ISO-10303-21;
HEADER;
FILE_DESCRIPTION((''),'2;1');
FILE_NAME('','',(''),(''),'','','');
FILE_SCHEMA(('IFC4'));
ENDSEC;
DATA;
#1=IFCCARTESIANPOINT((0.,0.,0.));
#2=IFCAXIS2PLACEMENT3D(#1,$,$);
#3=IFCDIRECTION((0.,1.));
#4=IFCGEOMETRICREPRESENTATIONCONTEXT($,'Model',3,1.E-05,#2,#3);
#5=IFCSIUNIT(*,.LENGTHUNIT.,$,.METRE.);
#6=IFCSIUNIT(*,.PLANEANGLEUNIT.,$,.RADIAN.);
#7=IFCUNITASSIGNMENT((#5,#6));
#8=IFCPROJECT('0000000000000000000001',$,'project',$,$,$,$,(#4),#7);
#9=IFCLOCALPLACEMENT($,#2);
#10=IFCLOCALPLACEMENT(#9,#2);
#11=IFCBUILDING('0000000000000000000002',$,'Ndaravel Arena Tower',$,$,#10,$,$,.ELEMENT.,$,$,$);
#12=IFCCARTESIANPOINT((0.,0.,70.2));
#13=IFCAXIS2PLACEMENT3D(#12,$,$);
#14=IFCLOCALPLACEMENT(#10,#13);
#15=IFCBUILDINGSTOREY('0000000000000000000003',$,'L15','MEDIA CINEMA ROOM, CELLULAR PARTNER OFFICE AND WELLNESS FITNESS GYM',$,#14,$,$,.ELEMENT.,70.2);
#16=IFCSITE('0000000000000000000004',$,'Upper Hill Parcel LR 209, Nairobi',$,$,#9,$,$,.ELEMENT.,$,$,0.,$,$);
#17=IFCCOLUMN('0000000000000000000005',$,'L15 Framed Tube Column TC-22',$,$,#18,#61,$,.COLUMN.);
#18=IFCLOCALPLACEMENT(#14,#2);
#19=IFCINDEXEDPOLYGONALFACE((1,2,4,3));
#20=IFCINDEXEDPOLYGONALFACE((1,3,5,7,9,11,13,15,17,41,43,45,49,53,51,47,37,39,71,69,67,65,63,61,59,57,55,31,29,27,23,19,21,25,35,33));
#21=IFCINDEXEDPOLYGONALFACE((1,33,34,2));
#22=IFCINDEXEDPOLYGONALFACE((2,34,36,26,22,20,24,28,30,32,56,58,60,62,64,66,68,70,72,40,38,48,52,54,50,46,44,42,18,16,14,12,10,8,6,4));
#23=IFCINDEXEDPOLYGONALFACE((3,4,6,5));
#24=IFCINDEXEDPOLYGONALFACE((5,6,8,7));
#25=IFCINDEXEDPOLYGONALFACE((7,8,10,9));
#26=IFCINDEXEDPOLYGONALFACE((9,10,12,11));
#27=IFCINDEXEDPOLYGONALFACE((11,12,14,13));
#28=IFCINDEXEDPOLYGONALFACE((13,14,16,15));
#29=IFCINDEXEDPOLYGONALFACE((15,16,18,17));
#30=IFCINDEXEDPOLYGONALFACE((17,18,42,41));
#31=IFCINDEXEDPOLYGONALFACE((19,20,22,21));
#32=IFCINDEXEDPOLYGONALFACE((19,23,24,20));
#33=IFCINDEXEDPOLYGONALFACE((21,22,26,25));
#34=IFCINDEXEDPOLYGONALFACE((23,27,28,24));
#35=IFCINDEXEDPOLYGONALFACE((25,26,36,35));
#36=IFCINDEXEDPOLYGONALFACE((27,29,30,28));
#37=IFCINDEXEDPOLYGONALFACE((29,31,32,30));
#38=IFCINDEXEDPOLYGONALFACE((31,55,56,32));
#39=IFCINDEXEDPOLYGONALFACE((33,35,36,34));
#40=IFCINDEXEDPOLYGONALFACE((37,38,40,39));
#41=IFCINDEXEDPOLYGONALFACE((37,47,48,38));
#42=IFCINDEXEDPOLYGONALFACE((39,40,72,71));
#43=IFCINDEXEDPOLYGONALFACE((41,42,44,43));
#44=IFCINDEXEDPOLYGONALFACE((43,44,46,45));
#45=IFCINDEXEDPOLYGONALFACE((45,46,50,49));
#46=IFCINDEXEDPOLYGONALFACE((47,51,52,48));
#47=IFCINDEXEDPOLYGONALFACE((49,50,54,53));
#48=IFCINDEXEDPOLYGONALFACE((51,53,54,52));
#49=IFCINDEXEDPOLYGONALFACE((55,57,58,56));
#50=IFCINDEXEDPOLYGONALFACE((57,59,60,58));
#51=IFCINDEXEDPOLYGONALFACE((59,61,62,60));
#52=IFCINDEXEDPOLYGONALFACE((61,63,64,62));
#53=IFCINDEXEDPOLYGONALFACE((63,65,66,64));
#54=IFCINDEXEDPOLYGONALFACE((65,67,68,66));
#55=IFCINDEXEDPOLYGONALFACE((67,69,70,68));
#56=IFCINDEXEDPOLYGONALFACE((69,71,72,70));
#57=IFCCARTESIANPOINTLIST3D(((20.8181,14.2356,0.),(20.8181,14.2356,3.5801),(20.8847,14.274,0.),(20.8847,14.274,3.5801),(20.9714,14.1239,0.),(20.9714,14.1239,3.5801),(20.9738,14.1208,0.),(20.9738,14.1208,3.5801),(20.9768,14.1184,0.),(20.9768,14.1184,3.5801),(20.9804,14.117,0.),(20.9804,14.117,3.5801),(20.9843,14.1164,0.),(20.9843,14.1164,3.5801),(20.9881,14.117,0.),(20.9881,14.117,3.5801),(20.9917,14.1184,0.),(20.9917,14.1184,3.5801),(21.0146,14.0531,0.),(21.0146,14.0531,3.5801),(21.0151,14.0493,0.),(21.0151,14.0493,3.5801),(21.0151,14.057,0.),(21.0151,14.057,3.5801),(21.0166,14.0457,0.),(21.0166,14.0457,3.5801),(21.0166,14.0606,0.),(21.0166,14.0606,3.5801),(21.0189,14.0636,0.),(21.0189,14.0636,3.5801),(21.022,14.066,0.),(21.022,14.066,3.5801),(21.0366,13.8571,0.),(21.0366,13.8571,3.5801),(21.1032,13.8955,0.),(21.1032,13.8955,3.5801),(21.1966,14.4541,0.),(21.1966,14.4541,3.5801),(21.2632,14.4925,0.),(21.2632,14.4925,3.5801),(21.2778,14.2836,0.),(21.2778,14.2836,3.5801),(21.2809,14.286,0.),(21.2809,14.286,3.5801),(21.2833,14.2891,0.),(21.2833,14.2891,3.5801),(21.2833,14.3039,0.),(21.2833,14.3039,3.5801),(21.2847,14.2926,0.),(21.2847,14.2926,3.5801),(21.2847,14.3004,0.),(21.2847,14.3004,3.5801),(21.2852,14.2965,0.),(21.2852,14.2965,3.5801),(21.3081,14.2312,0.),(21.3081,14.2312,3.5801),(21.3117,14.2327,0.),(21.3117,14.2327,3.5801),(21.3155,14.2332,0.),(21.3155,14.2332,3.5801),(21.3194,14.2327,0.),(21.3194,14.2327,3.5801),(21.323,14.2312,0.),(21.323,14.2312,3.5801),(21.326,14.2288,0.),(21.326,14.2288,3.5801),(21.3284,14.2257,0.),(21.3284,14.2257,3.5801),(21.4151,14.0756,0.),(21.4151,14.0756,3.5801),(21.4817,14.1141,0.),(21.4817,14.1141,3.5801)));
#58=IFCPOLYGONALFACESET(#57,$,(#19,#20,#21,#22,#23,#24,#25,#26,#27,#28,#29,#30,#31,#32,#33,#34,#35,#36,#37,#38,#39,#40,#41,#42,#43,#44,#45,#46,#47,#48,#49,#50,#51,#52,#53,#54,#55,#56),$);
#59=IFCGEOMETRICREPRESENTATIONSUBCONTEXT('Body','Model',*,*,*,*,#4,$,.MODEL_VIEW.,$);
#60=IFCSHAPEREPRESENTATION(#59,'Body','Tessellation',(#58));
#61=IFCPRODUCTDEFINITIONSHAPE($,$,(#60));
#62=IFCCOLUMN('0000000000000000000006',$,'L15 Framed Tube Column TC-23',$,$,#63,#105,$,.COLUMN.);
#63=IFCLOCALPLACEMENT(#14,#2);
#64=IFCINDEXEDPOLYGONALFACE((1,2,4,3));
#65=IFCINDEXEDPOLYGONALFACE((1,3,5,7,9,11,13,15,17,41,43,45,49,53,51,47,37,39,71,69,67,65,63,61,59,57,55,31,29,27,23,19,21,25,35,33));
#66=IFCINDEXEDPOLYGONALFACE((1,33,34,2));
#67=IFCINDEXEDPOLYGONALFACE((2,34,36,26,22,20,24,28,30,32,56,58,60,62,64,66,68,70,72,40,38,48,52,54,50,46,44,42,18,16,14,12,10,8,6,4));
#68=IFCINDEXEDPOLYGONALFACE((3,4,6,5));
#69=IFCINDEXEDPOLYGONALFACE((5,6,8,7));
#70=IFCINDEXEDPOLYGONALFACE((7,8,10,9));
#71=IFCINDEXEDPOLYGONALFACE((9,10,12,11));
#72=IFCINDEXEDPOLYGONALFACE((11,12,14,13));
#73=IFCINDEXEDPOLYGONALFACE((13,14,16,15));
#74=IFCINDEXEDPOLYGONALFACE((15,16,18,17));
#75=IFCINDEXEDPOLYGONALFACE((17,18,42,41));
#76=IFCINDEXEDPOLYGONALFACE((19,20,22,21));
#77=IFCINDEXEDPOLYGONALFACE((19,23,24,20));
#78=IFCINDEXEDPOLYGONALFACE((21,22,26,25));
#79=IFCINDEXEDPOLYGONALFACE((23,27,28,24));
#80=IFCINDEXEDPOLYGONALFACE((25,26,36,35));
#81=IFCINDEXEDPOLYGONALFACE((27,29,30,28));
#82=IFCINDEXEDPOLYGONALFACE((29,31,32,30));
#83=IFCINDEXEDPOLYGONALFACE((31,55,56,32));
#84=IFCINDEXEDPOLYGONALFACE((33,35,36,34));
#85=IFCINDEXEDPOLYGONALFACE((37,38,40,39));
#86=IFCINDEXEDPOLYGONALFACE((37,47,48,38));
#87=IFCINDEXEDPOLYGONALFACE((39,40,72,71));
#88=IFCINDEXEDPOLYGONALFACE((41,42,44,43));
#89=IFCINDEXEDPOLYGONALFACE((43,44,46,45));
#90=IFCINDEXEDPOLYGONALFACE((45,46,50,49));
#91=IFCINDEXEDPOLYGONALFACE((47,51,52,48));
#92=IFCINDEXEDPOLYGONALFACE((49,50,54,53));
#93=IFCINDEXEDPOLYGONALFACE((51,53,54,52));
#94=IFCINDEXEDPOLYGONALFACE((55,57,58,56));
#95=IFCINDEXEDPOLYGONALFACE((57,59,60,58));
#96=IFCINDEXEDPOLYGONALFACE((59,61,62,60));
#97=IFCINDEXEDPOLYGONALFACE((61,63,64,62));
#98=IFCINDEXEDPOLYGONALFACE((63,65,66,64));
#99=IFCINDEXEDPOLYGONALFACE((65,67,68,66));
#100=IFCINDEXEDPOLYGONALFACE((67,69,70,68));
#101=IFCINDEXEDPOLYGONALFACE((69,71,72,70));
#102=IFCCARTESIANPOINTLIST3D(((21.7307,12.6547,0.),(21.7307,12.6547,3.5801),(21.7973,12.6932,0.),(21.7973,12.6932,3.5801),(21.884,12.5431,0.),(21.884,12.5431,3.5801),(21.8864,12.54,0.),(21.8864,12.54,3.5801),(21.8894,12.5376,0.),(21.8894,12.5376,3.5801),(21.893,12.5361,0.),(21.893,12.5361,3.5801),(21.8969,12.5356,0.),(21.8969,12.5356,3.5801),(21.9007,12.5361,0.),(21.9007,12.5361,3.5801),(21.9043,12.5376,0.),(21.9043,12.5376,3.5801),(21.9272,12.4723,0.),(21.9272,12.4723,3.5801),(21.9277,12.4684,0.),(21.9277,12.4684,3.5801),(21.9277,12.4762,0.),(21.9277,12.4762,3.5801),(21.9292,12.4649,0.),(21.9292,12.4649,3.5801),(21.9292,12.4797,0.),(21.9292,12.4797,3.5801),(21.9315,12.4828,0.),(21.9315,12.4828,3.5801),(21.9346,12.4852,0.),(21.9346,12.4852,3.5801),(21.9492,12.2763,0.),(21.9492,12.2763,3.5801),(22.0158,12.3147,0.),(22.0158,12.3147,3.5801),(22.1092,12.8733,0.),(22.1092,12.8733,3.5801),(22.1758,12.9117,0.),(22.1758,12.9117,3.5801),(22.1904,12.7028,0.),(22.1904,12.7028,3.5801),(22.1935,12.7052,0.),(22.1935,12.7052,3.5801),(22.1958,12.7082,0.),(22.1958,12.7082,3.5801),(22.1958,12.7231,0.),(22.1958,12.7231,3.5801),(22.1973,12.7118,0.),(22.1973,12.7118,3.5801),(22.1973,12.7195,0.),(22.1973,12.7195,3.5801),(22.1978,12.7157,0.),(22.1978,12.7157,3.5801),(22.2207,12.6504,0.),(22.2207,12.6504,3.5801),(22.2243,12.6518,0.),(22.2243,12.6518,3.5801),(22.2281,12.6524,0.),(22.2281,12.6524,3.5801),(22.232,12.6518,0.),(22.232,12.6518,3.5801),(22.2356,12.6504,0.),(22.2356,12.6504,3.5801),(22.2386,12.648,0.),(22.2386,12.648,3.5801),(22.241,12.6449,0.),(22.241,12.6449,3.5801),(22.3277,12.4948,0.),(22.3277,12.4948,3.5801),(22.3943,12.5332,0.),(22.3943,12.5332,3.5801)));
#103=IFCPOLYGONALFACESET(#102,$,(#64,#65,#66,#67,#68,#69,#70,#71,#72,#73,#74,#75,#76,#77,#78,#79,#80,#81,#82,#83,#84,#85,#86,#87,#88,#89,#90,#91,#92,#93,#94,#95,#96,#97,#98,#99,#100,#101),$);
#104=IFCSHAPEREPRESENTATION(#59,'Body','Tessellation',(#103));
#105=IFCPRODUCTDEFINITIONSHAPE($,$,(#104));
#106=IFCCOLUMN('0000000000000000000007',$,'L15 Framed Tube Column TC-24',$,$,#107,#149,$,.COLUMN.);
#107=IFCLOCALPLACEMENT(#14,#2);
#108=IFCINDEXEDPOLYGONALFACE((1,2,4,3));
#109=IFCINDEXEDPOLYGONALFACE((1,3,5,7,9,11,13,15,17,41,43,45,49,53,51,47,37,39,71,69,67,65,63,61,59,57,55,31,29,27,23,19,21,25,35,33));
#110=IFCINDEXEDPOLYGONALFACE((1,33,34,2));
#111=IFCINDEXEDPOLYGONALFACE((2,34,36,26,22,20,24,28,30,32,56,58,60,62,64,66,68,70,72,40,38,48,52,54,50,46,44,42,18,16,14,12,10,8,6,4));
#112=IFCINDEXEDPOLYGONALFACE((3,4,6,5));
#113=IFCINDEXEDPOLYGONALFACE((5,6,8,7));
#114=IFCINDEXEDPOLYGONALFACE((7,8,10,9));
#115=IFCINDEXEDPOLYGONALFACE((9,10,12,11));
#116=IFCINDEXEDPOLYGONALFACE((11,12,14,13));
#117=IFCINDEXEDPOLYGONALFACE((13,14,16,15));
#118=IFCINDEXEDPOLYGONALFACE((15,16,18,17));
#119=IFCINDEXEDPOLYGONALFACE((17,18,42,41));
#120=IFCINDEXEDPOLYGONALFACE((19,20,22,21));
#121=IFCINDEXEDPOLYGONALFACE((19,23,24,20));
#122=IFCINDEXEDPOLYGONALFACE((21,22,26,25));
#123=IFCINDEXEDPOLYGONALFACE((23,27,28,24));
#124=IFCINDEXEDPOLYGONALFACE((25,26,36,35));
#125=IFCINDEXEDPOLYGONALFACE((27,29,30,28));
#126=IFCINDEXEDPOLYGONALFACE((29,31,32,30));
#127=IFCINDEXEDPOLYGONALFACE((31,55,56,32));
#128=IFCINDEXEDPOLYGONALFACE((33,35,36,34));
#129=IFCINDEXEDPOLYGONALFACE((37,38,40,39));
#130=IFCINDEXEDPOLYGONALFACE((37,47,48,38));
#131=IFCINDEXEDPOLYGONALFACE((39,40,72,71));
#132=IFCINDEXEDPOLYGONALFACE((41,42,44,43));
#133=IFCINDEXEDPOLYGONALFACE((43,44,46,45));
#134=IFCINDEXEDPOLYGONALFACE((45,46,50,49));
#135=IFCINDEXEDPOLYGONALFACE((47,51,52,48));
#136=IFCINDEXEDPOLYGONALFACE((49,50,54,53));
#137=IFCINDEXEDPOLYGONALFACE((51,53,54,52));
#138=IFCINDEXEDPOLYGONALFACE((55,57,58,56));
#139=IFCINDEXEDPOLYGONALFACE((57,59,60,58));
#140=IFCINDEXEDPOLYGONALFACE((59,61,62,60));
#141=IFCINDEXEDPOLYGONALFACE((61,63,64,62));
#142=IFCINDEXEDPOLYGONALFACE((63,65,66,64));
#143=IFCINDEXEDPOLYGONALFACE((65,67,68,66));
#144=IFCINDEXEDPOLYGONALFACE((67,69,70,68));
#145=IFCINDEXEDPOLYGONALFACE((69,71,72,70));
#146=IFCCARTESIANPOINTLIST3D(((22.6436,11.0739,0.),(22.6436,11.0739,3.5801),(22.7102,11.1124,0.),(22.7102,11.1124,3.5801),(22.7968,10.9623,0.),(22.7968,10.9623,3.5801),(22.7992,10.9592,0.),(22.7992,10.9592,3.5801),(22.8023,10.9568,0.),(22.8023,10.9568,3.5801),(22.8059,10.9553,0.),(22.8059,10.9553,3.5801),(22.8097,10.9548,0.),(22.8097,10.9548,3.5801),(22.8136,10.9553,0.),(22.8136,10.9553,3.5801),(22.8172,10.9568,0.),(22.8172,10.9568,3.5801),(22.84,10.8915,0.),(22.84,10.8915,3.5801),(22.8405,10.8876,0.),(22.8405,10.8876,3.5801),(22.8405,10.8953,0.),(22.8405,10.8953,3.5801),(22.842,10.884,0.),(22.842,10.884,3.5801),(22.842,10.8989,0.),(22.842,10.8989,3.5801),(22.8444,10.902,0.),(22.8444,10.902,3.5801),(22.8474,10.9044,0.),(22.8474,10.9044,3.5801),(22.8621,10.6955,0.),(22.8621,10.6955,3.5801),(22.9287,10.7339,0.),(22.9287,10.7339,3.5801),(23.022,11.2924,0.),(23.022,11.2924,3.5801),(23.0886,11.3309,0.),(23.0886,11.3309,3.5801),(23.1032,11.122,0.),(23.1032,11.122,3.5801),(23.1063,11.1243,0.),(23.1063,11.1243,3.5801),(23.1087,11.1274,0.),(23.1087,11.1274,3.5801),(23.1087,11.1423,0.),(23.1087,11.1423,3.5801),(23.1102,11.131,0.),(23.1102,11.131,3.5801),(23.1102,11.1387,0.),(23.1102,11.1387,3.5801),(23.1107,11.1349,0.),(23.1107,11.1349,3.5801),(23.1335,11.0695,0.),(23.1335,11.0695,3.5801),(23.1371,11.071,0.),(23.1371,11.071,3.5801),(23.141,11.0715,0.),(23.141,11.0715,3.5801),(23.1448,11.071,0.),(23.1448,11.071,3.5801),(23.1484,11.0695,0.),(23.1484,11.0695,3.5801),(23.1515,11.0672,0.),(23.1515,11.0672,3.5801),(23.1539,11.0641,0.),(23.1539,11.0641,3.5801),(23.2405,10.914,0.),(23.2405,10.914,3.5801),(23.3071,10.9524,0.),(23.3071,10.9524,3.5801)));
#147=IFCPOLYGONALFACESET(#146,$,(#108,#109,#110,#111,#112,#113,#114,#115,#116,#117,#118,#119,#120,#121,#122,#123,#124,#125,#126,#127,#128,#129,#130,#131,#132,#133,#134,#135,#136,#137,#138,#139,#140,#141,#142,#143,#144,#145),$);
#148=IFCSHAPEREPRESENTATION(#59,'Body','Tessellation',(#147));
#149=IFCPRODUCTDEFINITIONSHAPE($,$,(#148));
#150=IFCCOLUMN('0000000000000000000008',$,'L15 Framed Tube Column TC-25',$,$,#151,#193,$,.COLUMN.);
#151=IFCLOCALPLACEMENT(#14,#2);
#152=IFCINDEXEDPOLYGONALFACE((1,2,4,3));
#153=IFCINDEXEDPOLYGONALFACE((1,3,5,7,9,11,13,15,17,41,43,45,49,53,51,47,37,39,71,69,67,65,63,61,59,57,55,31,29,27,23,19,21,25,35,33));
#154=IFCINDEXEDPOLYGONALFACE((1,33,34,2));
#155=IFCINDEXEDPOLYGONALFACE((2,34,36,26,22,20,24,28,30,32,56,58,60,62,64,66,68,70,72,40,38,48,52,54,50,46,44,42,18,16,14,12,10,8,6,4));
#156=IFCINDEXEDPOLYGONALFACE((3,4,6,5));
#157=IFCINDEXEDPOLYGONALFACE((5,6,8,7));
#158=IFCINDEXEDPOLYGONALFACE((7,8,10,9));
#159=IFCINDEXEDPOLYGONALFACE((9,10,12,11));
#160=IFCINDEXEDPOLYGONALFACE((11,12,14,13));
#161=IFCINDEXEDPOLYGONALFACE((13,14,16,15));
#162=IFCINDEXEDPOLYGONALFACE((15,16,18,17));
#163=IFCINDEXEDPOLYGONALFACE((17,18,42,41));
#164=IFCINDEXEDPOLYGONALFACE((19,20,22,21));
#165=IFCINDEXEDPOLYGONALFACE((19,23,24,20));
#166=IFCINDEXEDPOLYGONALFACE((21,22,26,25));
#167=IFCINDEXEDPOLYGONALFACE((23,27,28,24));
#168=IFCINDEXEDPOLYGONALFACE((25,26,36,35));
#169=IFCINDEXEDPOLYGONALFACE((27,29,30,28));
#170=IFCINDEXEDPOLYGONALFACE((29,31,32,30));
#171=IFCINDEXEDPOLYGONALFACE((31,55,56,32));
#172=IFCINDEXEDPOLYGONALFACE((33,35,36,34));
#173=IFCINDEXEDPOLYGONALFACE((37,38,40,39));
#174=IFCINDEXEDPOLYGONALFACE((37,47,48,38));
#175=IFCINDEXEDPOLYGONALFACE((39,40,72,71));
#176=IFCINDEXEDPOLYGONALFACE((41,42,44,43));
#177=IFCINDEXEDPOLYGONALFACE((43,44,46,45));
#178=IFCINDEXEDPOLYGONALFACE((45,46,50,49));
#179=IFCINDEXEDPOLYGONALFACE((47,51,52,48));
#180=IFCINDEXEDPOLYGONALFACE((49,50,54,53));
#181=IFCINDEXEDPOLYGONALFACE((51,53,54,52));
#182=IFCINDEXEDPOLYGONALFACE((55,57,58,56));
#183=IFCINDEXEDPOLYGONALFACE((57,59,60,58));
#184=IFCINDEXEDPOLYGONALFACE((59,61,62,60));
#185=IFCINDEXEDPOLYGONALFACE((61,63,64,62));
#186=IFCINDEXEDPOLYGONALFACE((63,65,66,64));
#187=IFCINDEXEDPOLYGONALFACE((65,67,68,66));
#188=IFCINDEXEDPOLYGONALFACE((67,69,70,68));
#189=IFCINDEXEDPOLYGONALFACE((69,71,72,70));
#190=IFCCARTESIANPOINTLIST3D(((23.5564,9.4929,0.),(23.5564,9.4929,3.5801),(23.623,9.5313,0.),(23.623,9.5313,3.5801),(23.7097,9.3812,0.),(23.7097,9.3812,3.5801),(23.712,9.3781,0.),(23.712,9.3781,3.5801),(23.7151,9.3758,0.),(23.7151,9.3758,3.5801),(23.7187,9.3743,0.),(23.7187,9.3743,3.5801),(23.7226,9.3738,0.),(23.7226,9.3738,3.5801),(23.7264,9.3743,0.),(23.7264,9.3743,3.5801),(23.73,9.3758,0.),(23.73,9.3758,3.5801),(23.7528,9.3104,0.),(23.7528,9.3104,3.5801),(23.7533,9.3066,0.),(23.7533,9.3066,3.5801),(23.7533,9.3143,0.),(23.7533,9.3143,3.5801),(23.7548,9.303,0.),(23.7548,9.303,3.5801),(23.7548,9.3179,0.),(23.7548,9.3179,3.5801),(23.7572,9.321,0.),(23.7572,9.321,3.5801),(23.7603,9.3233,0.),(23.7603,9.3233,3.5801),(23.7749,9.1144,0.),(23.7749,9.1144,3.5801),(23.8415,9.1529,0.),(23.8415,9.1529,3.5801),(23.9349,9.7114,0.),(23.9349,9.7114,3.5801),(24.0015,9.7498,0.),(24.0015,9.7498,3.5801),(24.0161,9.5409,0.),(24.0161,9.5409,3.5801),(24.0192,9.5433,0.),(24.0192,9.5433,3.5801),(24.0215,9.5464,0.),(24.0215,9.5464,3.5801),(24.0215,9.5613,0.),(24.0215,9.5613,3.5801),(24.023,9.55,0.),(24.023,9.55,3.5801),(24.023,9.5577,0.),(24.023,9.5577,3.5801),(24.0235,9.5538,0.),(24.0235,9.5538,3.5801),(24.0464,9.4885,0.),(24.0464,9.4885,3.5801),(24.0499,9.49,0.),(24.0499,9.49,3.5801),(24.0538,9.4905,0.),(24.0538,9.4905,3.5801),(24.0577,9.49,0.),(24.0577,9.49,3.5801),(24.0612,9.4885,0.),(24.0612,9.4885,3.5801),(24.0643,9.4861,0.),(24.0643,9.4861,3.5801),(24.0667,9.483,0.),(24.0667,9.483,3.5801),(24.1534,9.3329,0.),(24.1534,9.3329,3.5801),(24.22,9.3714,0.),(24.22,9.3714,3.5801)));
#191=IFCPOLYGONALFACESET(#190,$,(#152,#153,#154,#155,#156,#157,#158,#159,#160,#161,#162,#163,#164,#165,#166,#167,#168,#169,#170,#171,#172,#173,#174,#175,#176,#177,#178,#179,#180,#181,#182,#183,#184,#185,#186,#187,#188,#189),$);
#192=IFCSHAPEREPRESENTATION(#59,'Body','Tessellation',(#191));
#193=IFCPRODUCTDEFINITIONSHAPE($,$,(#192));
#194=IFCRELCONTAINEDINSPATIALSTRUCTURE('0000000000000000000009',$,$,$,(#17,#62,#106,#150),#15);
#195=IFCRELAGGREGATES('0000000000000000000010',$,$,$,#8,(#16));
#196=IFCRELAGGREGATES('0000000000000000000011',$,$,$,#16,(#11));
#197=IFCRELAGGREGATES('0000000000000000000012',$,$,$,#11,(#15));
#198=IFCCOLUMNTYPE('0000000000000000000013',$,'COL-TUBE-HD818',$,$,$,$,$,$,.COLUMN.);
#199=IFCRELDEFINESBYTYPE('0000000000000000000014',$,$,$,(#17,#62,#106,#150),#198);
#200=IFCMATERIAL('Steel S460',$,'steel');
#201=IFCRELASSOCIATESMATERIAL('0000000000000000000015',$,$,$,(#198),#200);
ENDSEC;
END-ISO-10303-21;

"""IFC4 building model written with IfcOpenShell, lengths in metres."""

from ifc_helpers import new_model, si_unit, direction, frame, origin, origin_2d, place, context, subcontext, project, spatial, i_section, extrude, material, material_profile, profile_set, type_object, element, save


model = new_model("IFC4")

# Units and contexts
model_context = context("Model", 3, precision=1e-05, world=origin(), true_north=direction((0.0, 1.0)))
body_context = subcontext(model_context, "Body", "Model", "MODEL_VIEW")
ifc_project = project(units=[si_unit("LENGTHUNIT", "METRE"), si_unit("PLANEANGLEUNIT", "RADIAN")], contexts=[model_context])

# Site, building, storey
site_placement = place(None, origin())
site = spatial("IfcSite", under=ifc_project, at=site_placement, Name="Upper Hill Parcel LR 209, Nairobi", CompositionType="ELEMENT", RefElevation=0.0)
building_placement = place(site_placement, origin())
building = spatial("IfcBuilding", under=site, at=building_placement, Name="Ndaravel Arena Tower", CompositionType="ELEMENT")
storey_placement = place(building_placement, frame((0.0, 0.0, 70.2)))
storey = spatial("IfcBuildingStorey", under=building, at=storey_placement, Name="L15", Description="MEDIA CINEMA ROOM, CELLULAR PARTNER OFFICE AND WELLNESS FITNESS GYM", CompositionType="ELEMENT", Elevation=70.2)

# Columns
ifc_material_1 = material(Name="Steel S460", Category="steel")
ifc_material_profile_1 = material_profile(ifc_material_1, i_section(OverallWidth=0.437, OverallDepth=0.5139, WebThickness=0.0605, FlangeThickness=0.0769, FilletRadius=0.0149, at=origin_2d()), Name="HD 400x818")
ifc_profile_set_1 = profile_set([ifc_material_profile_1], Name="Steel S460")
column_type = type_object("IfcColumnType", Name="COL-TUBE-HD818", PredefinedType="COLUMN", material=ifc_profile_set_1)
for number, where, z_axis, x_axis, name in (
    (1, (21.1499, 14.1748, 0.0), (0.0, 0.0, 1.0), (-0.5, 0.866025, 0.0), "L15 Framed Tube Column TC-22"),
    (2, (22.0625, 12.594, 0.0), (0.0, 0.0, 1.0), (-0.5, 0.866025, 0.0), "L15 Framed Tube Column TC-23"),
    (3, (22.9753, 11.0132, 0.0), (0.0, 0.0, 1.0), (-0.5, 0.866025, 0.0), "L15 Framed Tube Column TC-24"),
    (4, (23.8882, 9.4321, 0.0), (0.0, 0.0, 1.0), (-0.5, 0.866025, 0.0), "L15 Framed Tube Column TC-25"),
):
    element("IfcColumn", number, at=place(storey_placement, frame(where, z_axis=z_axis, x_axis=x_axis)), inside=storey, type_object=column_type, Name=name, PredefinedType="COLUMN", context=body_context, shape_type="SweptSolid", body=[
        extrude(i_section(OverallWidth=0.437, OverallDepth=0.5139, WebThickness=0.0605, FlangeThickness=0.0769, FilletRadius=0.0149, at=origin_2d()), origin(), (0.0, 0.0, 1.0), 3.5801),
    ])

save(model, "model.ifc")
